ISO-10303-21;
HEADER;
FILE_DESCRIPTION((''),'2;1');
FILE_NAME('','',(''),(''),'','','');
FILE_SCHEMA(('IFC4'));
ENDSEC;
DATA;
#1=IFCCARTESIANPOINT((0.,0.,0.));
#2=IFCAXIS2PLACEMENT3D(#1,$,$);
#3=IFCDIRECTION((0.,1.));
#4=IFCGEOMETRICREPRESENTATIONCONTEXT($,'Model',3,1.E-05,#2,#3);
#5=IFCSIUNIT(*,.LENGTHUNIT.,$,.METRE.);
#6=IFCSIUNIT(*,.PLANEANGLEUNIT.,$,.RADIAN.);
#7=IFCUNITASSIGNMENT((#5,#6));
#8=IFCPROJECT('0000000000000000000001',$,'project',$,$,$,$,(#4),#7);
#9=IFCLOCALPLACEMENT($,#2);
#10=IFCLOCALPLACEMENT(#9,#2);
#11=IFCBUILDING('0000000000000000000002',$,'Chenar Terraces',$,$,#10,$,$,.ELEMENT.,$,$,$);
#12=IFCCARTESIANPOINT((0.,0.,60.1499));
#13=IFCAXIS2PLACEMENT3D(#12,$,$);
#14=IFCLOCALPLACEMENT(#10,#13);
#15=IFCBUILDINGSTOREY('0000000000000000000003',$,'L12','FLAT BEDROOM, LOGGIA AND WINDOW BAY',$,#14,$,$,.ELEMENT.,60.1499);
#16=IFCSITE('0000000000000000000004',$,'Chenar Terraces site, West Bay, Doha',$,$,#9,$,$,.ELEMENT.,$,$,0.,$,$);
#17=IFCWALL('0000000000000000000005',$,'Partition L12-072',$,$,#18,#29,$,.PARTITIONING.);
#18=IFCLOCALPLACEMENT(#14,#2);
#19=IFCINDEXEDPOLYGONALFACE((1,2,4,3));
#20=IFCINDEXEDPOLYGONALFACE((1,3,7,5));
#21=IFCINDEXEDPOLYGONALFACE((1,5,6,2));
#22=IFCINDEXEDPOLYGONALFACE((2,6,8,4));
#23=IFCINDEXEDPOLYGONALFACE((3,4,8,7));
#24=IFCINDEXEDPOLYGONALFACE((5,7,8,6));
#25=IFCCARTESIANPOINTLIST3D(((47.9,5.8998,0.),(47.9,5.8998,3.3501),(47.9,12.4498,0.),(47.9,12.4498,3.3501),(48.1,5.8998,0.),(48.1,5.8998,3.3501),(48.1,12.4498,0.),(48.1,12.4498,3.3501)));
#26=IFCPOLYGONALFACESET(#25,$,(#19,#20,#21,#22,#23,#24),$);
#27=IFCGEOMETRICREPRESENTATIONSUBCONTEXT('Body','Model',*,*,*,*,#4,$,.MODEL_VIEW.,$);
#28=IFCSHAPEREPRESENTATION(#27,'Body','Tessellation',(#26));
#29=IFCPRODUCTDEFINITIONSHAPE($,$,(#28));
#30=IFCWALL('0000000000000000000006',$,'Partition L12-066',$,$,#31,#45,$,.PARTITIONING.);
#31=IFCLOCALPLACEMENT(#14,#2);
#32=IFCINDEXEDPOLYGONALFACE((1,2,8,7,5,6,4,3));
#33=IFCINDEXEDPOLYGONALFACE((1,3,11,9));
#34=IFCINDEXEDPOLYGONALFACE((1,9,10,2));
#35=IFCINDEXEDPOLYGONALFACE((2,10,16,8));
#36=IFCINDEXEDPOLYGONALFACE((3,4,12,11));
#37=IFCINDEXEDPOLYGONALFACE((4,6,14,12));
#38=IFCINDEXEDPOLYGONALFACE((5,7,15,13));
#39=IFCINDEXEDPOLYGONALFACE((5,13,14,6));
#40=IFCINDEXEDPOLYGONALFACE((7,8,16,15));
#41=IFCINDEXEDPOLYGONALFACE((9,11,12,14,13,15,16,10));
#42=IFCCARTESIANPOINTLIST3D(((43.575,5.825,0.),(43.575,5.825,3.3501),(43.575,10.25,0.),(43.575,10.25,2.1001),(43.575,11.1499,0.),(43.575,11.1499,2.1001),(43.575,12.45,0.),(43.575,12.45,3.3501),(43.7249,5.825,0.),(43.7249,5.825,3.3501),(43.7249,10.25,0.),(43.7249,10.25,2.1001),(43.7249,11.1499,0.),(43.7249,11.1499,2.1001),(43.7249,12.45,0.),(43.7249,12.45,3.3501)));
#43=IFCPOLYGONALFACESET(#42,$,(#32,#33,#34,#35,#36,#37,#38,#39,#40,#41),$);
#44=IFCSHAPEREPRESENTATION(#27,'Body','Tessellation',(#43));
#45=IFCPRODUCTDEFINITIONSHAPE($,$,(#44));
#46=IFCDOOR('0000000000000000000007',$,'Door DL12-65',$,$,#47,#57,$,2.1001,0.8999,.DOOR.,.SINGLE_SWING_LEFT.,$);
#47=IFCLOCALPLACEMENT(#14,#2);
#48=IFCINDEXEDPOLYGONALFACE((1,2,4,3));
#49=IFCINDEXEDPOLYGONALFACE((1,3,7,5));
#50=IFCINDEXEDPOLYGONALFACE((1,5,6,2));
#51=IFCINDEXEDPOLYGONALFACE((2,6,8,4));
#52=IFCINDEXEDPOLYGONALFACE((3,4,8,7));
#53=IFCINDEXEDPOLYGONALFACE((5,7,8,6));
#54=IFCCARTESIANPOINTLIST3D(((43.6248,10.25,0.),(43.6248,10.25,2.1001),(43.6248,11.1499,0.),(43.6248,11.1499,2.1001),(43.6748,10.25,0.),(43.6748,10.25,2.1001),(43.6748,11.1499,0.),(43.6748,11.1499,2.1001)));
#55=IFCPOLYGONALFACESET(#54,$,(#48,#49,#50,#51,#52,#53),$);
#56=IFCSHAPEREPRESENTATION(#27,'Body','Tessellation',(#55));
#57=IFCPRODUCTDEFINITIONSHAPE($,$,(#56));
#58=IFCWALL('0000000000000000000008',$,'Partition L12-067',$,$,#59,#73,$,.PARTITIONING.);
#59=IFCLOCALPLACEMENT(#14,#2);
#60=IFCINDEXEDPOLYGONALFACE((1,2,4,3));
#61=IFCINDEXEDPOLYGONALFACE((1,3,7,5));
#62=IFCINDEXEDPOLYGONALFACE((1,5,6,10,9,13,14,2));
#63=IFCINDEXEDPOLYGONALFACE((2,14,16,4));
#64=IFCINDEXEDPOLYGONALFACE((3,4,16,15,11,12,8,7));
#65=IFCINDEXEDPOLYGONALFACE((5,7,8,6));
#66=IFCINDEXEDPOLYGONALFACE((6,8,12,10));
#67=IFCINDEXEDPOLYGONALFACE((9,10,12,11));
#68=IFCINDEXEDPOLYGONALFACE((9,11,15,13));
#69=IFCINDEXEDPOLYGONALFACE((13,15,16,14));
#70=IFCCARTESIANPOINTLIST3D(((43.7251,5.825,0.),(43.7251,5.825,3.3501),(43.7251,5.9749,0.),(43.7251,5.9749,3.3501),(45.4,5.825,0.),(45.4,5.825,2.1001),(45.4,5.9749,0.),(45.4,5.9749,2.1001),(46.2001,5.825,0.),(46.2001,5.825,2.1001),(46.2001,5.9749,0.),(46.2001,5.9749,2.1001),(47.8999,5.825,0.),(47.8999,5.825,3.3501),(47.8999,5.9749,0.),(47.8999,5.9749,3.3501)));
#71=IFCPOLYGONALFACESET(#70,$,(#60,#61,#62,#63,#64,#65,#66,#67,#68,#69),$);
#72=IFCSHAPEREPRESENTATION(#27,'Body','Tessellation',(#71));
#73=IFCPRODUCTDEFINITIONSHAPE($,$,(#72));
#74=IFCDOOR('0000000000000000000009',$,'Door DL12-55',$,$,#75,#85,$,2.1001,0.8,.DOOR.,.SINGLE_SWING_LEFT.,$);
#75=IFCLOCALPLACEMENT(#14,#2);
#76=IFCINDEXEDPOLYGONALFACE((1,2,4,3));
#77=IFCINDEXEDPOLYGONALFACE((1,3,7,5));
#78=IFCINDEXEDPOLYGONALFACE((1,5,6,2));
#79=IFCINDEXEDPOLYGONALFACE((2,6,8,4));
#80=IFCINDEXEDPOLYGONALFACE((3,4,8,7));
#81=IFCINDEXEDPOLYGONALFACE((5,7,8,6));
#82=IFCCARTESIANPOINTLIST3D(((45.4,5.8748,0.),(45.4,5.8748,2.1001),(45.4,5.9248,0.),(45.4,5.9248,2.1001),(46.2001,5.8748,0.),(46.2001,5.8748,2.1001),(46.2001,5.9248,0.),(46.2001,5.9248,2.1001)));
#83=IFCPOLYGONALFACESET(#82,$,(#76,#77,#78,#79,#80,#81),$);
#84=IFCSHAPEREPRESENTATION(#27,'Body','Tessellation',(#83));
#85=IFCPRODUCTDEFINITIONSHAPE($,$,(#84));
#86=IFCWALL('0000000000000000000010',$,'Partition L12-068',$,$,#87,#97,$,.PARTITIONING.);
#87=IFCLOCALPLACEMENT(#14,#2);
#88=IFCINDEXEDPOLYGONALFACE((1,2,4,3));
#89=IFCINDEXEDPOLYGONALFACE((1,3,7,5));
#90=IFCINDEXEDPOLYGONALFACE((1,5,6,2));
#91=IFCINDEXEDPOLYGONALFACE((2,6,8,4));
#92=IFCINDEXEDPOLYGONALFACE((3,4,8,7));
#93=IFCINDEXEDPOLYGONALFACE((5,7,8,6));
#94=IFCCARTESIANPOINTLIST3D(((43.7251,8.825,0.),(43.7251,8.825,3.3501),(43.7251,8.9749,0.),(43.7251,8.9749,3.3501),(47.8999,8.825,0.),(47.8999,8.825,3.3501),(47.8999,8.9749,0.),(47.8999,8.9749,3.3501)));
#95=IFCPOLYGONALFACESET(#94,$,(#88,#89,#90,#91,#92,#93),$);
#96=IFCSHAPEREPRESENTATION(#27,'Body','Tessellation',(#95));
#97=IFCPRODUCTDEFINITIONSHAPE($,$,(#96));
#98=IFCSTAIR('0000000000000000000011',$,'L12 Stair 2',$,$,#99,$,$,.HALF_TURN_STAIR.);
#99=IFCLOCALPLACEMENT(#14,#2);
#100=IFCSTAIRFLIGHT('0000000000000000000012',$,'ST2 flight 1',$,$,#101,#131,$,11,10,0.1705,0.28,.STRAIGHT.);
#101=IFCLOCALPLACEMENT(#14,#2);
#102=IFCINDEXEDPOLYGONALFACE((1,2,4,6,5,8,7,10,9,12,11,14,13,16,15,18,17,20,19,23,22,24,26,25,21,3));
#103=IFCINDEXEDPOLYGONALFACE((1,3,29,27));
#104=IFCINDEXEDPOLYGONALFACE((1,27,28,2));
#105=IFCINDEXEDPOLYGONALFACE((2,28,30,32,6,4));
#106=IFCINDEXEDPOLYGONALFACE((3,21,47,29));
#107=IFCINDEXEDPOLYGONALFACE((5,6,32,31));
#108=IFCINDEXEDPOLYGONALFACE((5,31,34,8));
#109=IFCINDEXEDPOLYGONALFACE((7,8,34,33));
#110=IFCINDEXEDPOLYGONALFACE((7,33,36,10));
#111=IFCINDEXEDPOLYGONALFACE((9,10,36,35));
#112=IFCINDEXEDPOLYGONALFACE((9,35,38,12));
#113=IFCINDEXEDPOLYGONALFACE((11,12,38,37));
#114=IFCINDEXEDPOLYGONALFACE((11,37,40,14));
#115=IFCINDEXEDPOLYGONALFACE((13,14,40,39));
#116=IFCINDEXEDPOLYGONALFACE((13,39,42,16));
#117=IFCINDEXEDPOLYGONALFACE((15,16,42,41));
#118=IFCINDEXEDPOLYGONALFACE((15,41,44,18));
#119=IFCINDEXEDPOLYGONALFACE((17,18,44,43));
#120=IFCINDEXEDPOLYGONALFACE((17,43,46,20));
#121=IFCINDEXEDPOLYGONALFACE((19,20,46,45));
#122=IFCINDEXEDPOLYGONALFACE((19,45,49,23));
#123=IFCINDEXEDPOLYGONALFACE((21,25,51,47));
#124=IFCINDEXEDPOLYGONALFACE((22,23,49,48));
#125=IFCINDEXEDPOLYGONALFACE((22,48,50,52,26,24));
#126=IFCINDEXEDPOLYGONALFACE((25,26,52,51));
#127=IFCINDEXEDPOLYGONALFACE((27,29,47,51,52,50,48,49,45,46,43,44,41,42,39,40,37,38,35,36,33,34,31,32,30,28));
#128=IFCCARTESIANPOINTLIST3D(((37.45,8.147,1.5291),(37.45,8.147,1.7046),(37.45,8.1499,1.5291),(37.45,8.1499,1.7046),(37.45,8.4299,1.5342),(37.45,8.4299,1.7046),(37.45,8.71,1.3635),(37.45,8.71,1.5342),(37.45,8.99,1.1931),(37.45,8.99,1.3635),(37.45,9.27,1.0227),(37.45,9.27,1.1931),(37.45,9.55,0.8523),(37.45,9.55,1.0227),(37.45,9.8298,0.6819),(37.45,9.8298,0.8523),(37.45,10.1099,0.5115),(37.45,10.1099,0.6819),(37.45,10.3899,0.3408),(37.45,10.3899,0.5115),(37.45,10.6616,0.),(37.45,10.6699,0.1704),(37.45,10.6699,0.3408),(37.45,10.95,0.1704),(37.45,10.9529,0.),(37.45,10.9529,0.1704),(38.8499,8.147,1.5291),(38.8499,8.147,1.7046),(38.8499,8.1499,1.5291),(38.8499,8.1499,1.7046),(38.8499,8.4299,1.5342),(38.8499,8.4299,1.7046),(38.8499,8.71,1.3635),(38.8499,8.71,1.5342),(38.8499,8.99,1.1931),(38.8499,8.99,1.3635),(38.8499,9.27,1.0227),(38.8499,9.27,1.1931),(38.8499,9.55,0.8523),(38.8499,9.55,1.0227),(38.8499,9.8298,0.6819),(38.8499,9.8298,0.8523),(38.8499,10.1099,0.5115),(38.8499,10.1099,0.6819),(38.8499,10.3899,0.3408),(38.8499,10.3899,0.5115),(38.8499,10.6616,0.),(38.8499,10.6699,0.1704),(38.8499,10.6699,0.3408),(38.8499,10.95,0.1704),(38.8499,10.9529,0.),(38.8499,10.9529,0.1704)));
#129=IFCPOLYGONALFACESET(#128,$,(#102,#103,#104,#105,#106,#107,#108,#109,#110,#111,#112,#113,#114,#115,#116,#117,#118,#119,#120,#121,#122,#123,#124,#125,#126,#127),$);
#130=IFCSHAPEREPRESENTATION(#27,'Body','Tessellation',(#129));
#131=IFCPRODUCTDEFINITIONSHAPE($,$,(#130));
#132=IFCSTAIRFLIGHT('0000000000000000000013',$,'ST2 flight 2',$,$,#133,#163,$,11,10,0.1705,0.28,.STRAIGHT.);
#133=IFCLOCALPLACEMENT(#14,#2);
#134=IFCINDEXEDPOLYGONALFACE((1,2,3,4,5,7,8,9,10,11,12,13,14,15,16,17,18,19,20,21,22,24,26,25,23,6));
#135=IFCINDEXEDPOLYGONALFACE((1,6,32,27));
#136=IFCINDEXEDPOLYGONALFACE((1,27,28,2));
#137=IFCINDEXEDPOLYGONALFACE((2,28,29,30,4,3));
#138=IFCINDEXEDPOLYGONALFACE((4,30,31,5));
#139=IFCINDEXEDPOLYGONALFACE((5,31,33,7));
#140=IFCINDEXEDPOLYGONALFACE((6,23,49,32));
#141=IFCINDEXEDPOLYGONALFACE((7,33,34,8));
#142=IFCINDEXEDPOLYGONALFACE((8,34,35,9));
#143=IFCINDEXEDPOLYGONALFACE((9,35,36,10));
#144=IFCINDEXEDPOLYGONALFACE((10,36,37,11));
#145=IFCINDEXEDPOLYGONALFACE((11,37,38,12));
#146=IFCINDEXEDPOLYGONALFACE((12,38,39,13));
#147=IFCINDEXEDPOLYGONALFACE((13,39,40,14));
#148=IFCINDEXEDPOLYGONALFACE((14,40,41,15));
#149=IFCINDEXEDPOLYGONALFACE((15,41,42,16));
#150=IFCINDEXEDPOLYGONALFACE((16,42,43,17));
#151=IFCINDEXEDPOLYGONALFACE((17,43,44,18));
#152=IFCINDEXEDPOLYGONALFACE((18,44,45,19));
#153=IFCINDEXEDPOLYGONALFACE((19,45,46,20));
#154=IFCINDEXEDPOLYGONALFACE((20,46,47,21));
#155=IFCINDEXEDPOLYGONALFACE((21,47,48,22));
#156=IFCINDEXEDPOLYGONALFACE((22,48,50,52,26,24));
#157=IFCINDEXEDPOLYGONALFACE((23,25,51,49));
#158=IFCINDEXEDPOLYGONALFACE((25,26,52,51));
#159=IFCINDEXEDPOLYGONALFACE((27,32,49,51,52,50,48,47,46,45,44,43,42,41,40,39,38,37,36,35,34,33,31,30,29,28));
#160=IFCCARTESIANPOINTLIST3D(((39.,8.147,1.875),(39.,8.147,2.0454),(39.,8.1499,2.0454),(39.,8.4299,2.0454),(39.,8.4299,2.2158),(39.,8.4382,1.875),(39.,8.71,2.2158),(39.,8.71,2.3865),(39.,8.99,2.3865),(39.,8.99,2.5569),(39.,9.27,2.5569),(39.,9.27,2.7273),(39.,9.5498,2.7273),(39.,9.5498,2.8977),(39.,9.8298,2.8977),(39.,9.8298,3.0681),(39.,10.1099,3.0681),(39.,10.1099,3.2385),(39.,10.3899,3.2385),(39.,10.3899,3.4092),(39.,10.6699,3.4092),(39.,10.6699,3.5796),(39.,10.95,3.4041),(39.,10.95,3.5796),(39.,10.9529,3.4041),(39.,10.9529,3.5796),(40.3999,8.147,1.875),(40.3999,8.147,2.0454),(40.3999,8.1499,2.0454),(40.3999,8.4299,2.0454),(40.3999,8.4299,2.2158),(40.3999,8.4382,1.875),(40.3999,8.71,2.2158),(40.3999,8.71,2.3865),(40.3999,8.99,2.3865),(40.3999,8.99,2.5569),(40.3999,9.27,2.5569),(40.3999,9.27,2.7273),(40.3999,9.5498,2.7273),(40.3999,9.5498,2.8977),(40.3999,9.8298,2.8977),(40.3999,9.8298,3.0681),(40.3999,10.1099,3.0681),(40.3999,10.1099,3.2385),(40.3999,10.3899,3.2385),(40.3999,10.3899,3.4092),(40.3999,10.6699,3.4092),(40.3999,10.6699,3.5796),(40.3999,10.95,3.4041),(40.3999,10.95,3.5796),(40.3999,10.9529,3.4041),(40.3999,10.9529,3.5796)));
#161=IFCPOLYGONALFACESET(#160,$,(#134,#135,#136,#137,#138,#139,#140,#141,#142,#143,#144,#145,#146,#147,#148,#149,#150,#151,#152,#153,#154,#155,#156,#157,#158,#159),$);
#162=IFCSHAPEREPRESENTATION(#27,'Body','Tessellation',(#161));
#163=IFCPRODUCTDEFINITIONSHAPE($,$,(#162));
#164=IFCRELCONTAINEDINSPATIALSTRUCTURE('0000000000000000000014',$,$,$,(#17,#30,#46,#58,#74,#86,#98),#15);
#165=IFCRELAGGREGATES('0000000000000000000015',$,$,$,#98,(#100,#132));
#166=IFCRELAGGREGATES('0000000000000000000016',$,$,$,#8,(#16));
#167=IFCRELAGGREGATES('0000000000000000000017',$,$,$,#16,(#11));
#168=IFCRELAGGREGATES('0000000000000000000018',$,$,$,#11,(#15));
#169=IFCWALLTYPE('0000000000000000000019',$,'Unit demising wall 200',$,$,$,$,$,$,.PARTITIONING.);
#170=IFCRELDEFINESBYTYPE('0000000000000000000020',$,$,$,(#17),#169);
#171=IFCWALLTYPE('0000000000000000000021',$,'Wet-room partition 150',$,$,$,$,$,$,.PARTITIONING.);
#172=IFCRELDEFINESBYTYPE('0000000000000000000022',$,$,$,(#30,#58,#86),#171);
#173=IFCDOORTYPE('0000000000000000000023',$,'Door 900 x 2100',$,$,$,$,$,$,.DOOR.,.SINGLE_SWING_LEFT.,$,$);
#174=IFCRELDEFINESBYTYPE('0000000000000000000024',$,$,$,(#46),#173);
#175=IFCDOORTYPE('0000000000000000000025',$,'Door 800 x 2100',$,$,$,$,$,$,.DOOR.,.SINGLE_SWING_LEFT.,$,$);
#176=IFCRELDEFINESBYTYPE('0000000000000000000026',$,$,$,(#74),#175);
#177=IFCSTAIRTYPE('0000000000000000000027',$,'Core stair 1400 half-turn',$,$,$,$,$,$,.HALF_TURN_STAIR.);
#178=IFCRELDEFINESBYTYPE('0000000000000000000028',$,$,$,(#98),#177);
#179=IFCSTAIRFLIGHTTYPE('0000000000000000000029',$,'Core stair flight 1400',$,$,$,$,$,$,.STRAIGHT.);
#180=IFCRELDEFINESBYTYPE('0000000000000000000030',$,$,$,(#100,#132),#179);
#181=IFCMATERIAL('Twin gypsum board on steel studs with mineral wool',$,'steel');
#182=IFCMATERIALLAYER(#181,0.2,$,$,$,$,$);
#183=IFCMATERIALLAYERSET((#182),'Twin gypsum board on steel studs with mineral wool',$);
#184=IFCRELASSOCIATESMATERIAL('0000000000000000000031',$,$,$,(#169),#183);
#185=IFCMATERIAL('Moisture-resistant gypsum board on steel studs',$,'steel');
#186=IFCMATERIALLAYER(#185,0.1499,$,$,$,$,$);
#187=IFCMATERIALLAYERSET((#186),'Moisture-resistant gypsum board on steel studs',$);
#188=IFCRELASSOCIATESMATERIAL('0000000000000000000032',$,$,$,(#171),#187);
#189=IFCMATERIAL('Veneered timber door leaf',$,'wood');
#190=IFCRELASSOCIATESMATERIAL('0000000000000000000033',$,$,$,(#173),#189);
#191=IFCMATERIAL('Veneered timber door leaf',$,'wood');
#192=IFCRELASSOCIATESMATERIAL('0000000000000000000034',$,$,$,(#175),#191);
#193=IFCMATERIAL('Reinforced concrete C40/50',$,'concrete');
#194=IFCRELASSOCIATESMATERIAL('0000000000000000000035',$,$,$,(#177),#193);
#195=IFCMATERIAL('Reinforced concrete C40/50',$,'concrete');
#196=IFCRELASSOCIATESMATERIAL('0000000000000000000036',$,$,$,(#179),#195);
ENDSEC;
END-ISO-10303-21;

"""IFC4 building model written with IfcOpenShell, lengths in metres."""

from ifc_helpers import new_model, si_unit, direction, frame, frame_2d, origin, place, context, subcontext, project, spatial, polyline, rectangle, outline, extrude, material, layer, layer_set, type_object, element, fill, aggregate, save


model = new_model("IFC4")

# Units and contexts
model_context = context("Model", 3, precision=1e-05, world=origin(), true_north=direction((0.0, 1.0)))
body_context = subcontext(model_context, "Body", "Model", "MODEL_VIEW")
ifc_project = project(units=[si_unit("LENGTHUNIT", "METRE"), si_unit("PLANEANGLEUNIT", "RADIAN")], contexts=[model_context])

# Site, building, storey
site_placement = place(None, origin())
site = spatial("IfcSite", under=ifc_project, at=site_placement, Name="Chenar Terraces site, West Bay, Doha", CompositionType="ELEMENT", RefElevation=0.0)
building_placement = place(site_placement, origin())
building = spatial("IfcBuilding", under=site, at=building_placement, Name="Chenar Terraces", CompositionType="ELEMENT")
storey_placement = place(building_placement, frame((0.0, 0.0, 60.1499)))
storey = spatial("IfcBuildingStorey", under=building, at=storey_placement, Name="L12", Description="FLAT BEDROOM, LOGGIA AND WINDOW BAY", CompositionType="ELEMENT", Elevation=60.1499)

# Wall
ifc_material_1 = material(Name="Twin gypsum board on steel studs with mineral wool", Category="steel")
ifc_layer_1 = layer(ifc_material_1, 0.2)
ifc_layer_set_1 = layer_set([ifc_layer_1], Name="Twin gypsum board on steel studs with mineral wool")
wall_type_1 = type_object("IfcWallType", Name="Unit demising wall 200", PredefinedType="PARTITIONING", material=ifc_layer_set_1)
wall_1_placement = place(storey_placement, frame((48.0, 5.8999, 0.0), z_axis=(0.0, 0.0, 1.0), x_axis=(0.0, 1.0, 0.0)))
element("IfcWall", 1, at=wall_1_placement, inside=storey, type_object=wall_type_1, Name="Partition L12-072", PredefinedType="PARTITIONING", context=body_context, shape_type="SweptSolid", body=[
    extrude(rectangle(XDim=6.55, YDim=0.2, at=frame_2d((3.2749, 0.0))), origin(), (0.0, 0.0, 1.0), 3.3501),
])

# Walls, openings, doors
ifc_material_2 = material(Name="Moisture-resistant gypsum board on steel studs", Category="steel")
ifc_layer_2 = layer(ifc_material_2, 0.1499)
ifc_layer_set_2 = layer_set([ifc_layer_2], Name="Moisture-resistant gypsum board on steel studs")
wall_type_2 = type_object("IfcWallType", Name="Wet-room partition 150", PredefinedType="PARTITIONING", material=ifc_layer_set_2)
wall_2_placement = place(storey_placement, frame((43.6499, 5.825, 0.0), z_axis=(0.0, 0.0, 1.0), x_axis=(0.0, 1.0, 0.0)))
wall_2 = element("IfcWall", 2, at=wall_2_placement, inside=storey, type_object=wall_type_2, Name="Partition L12-066", PredefinedType="PARTITIONING", context=body_context, shape_type="SweptSolid", body=[
    extrude(rectangle(XDim=6.625, YDim=0.1499, at=frame_2d((3.3125, 0.0))), origin(), (0.0, 0.0, 1.0), 3.3501),
])
opening_1_placement = place(wall_2_placement, frame((4.425, 0.0, 0.0)))
opening_1 = element("IfcOpeningElement", 3, at=opening_1_placement, cuts=wall_2, PredefinedType="OPENING", context=body_context, shape_type="SweptSolid", body=[
    extrude(rectangle(XDim=0.8999, YDim=2.1001, at=frame_2d((0.45, 1.05))), frame((0.0, 0.085, 0.0), z_axis=(0.0, -1.0, 0.0), x_axis=(1.0, 0.0, 0.0)), (0.0, 0.0, 1.0), 0.1699),
])
ifc_material_3 = material(Name="Veneered timber door leaf", Category="wood")
door_type_1 = type_object("IfcDoorType", Name="Door 900 x 2100", OperationType="SINGLE_SWING_LEFT", PredefinedType="DOOR", material=ifc_material_3)
door_1_placement = place(opening_1_placement, frame((0.8999, 0.0, 0.0), z_axis=(0.0, 0.0, 1.0), x_axis=(-1.0, 0.0, 0.0)))
door_1 = element("IfcDoor", 4, at=door_1_placement, inside=storey, type_object=door_type_1, Name="Door DL12-65", OperationType="SINGLE_SWING_LEFT", OverallHeight=2.1001, OverallWidth=0.8999, PredefinedType="DOOR", context=body_context, shape_type="SweptSolid", body=[
    extrude(rectangle(XDim=0.8999, YDim=2.1001, at=frame_2d((0.45, 1.05))), frame((0.0, 0.0249, 0.0), z_axis=(0.0, -1.0, 0.0), x_axis=(1.0, 0.0, 0.0)), (0.0, 0.0, 1.0), 0.05),
])
fill(opening_1, door_1)
wall_3_placement = place(storey_placement, frame((43.7251, 5.8999, 0.0), z_axis=(0.0, 0.0, 1.0), x_axis=(1.0, 0.0, 0.0)))
wall_3 = element("IfcWall", 5, at=wall_3_placement, inside=storey, type_object=wall_type_2, Name="Partition L12-067", PredefinedType="PARTITIONING", context=body_context, shape_type="SweptSolid", body=[
    extrude(rectangle(XDim=4.1748, YDim=0.1499, at=frame_2d((2.0874, 0.0))), origin(), (0.0, 0.0, 1.0), 3.3501),
])
opening_2_placement = place(wall_3_placement, frame((1.675, 0.0, 0.0)))
opening_2 = element("IfcOpeningElement", 6, at=opening_2_placement, cuts=wall_3, PredefinedType="OPENING", context=body_context, shape_type="SweptSolid", body=[
    extrude(rectangle(XDim=0.8, YDim=2.1001, at=frame_2d((0.3999, 1.05))), frame((0.0, 0.085, 0.0), z_axis=(0.0, -1.0, 0.0), x_axis=(1.0, 0.0, 0.0)), (0.0, 0.0, 1.0), 0.1699),
])
ifc_material_4 = material(Name="Veneered timber door leaf", Category="wood")
door_type_2 = type_object("IfcDoorType", Name="Door 800 x 2100", OperationType="SINGLE_SWING_LEFT", PredefinedType="DOOR", material=ifc_material_4)
door_2_placement = place(opening_2_placement, origin())
door_2 = element("IfcDoor", 7, at=door_2_placement, inside=storey, type_object=door_type_2, Name="Door DL12-55", OperationType="SINGLE_SWING_LEFT", OverallHeight=2.1001, OverallWidth=0.8, PredefinedType="DOOR", context=body_context, shape_type="SweptSolid", body=[
    extrude(rectangle(XDim=0.8, YDim=2.1001, at=frame_2d((0.3999, 1.05))), frame((0.0, 0.0249, 0.0), z_axis=(0.0, -1.0, 0.0), x_axis=(1.0, 0.0, 0.0)), (0.0, 0.0, 1.0), 0.05),
])
fill(opening_2, door_2)

# Wall
wall_4_placement = place(storey_placement, frame((43.7251, 8.8999, 0.0), z_axis=(0.0, 0.0, 1.0), x_axis=(1.0, 0.0, 0.0)))
element("IfcWall", 8, at=wall_4_placement, inside=storey, type_object=wall_type_2, Name="Partition L12-068", PredefinedType="PARTITIONING", context=body_context, shape_type="SweptSolid", body=[
    extrude(rectangle(XDim=4.1748, YDim=0.1499, at=frame_2d((2.0874, 0.0))), origin(), (0.0, 0.0, 1.0), 3.3501),
])

# Stair, stair flights
ifc_material_5 = material(Name="Reinforced concrete C40/50", Category="concrete")
stair_type = type_object("IfcStairType", Name="Core stair 1400 half-turn", PredefinedType="HALF_TURN_STAIR", material=ifc_material_5)
stair_placement = place(storey_placement, origin())
stair = element("IfcStair", 9, at=stair_placement, inside=storey, type_object=stair_type, Name="L12 Stair 2", PredefinedType="HALF_TURN_STAIR")
ifc_material_6 = material(Name="Reinforced concrete C40/50", Category="concrete")
stair_flight_type = type_object("IfcStairFlightType", Name="Core stair flight 1400", PredefinedType="STRAIGHT", material=ifc_material_6)
stair_flight_1_placement = place(storey_placement, frame((38.1499, 10.95, 0.0), z_axis=(0.0, 0.0, 1.0), x_axis=(0.0, -1.0, 0.0)))
stair_flight_1 = element("IfcStairFlight", 10, at=stair_flight_1_placement, type_object=stair_flight_type, Name="ST2 flight 1", NumberOfRisers=11, NumberOfTreads=10, PredefinedType="STRAIGHT", RiserHeight=0.1705, TreadLength=0.28, context=body_context, shape_type="SweptSolid", body=[
    extrude(outline(polyline([(-0.0029, 0.0), (-0.0029, 0.1704), (0.0, 0.1704), (0.28, 0.1704), (0.28, 0.3408), (0.5601, 0.3408), (0.5601, 0.5115), (0.8401, 0.5115), (0.8401, 0.6819), (1.1201, 0.6819), (1.1201, 0.8523), (1.3999, 0.8523), (1.3999, 1.0227), (1.6799, 1.0227), (1.6799, 1.1931), (1.96, 1.1931), (1.96, 1.3635), (2.24, 1.3635), (2.24, 1.5342), (2.52, 1.5342), (2.52, 1.7046), (2.8, 1.7046), (2.803, 1.7046), (2.803, 1.5291), (2.8, 1.5291), (0.2883, 0.0), (-0.0029, 0.0)])), frame((0.0, 0.7, 0.0), z_axis=(0.0, -1.0, 0.0), x_axis=(1.0, 0.0, 0.0)), (0.0, 0.0, 1.0), 1.3999),
])
stair_flight_2_placement = place(storey_placement, frame((39.7, 8.1499, 1.875), z_axis=(0.0, 0.0, 1.0), x_axis=(0.0, 1.0, 0.0)))
stair_flight_2 = element("IfcStairFlight", 11, at=stair_flight_2_placement, type_object=stair_flight_type, Name="ST2 flight 2", NumberOfRisers=11, NumberOfTreads=10, PredefinedType="STRAIGHT", RiserHeight=0.1705, TreadLength=0.28, context=body_context, shape_type="SweptSolid", body=[
    extrude(outline(polyline([(-0.0029, 0.0), (-0.0029, 0.1704), (0.0, 0.1704), (0.28, 0.1704), (0.28, 0.3408), (0.5601, 0.3408), (0.5601, 0.5115), (0.8401, 0.5115), (0.8401, 0.6819), (1.1201, 0.6819), (1.1201, 0.8523), (1.3999, 0.8523), (1.3999, 1.0227), (1.6799, 1.0227), (1.6799, 1.1931), (1.96, 1.1931), (1.96, 1.3635), (2.24, 1.3635), (2.24, 1.5342), (2.52, 1.5342), (2.52, 1.7046), (2.8, 1.7046), (2.803, 1.7046), (2.803, 1.5291), (2.8, 1.5291), (0.2883, 0.0), (-0.0029, 0.0)])), frame((0.0, 0.7, 0.0), z_axis=(0.0, -1.0, 0.0), x_axis=(1.0, 0.0, 0.0)), (0.0, 0.0, 1.0), 1.3999),
])
aggregate(stair, [stair_flight_1, stair_flight_2])

save(model, "model.ifc")
